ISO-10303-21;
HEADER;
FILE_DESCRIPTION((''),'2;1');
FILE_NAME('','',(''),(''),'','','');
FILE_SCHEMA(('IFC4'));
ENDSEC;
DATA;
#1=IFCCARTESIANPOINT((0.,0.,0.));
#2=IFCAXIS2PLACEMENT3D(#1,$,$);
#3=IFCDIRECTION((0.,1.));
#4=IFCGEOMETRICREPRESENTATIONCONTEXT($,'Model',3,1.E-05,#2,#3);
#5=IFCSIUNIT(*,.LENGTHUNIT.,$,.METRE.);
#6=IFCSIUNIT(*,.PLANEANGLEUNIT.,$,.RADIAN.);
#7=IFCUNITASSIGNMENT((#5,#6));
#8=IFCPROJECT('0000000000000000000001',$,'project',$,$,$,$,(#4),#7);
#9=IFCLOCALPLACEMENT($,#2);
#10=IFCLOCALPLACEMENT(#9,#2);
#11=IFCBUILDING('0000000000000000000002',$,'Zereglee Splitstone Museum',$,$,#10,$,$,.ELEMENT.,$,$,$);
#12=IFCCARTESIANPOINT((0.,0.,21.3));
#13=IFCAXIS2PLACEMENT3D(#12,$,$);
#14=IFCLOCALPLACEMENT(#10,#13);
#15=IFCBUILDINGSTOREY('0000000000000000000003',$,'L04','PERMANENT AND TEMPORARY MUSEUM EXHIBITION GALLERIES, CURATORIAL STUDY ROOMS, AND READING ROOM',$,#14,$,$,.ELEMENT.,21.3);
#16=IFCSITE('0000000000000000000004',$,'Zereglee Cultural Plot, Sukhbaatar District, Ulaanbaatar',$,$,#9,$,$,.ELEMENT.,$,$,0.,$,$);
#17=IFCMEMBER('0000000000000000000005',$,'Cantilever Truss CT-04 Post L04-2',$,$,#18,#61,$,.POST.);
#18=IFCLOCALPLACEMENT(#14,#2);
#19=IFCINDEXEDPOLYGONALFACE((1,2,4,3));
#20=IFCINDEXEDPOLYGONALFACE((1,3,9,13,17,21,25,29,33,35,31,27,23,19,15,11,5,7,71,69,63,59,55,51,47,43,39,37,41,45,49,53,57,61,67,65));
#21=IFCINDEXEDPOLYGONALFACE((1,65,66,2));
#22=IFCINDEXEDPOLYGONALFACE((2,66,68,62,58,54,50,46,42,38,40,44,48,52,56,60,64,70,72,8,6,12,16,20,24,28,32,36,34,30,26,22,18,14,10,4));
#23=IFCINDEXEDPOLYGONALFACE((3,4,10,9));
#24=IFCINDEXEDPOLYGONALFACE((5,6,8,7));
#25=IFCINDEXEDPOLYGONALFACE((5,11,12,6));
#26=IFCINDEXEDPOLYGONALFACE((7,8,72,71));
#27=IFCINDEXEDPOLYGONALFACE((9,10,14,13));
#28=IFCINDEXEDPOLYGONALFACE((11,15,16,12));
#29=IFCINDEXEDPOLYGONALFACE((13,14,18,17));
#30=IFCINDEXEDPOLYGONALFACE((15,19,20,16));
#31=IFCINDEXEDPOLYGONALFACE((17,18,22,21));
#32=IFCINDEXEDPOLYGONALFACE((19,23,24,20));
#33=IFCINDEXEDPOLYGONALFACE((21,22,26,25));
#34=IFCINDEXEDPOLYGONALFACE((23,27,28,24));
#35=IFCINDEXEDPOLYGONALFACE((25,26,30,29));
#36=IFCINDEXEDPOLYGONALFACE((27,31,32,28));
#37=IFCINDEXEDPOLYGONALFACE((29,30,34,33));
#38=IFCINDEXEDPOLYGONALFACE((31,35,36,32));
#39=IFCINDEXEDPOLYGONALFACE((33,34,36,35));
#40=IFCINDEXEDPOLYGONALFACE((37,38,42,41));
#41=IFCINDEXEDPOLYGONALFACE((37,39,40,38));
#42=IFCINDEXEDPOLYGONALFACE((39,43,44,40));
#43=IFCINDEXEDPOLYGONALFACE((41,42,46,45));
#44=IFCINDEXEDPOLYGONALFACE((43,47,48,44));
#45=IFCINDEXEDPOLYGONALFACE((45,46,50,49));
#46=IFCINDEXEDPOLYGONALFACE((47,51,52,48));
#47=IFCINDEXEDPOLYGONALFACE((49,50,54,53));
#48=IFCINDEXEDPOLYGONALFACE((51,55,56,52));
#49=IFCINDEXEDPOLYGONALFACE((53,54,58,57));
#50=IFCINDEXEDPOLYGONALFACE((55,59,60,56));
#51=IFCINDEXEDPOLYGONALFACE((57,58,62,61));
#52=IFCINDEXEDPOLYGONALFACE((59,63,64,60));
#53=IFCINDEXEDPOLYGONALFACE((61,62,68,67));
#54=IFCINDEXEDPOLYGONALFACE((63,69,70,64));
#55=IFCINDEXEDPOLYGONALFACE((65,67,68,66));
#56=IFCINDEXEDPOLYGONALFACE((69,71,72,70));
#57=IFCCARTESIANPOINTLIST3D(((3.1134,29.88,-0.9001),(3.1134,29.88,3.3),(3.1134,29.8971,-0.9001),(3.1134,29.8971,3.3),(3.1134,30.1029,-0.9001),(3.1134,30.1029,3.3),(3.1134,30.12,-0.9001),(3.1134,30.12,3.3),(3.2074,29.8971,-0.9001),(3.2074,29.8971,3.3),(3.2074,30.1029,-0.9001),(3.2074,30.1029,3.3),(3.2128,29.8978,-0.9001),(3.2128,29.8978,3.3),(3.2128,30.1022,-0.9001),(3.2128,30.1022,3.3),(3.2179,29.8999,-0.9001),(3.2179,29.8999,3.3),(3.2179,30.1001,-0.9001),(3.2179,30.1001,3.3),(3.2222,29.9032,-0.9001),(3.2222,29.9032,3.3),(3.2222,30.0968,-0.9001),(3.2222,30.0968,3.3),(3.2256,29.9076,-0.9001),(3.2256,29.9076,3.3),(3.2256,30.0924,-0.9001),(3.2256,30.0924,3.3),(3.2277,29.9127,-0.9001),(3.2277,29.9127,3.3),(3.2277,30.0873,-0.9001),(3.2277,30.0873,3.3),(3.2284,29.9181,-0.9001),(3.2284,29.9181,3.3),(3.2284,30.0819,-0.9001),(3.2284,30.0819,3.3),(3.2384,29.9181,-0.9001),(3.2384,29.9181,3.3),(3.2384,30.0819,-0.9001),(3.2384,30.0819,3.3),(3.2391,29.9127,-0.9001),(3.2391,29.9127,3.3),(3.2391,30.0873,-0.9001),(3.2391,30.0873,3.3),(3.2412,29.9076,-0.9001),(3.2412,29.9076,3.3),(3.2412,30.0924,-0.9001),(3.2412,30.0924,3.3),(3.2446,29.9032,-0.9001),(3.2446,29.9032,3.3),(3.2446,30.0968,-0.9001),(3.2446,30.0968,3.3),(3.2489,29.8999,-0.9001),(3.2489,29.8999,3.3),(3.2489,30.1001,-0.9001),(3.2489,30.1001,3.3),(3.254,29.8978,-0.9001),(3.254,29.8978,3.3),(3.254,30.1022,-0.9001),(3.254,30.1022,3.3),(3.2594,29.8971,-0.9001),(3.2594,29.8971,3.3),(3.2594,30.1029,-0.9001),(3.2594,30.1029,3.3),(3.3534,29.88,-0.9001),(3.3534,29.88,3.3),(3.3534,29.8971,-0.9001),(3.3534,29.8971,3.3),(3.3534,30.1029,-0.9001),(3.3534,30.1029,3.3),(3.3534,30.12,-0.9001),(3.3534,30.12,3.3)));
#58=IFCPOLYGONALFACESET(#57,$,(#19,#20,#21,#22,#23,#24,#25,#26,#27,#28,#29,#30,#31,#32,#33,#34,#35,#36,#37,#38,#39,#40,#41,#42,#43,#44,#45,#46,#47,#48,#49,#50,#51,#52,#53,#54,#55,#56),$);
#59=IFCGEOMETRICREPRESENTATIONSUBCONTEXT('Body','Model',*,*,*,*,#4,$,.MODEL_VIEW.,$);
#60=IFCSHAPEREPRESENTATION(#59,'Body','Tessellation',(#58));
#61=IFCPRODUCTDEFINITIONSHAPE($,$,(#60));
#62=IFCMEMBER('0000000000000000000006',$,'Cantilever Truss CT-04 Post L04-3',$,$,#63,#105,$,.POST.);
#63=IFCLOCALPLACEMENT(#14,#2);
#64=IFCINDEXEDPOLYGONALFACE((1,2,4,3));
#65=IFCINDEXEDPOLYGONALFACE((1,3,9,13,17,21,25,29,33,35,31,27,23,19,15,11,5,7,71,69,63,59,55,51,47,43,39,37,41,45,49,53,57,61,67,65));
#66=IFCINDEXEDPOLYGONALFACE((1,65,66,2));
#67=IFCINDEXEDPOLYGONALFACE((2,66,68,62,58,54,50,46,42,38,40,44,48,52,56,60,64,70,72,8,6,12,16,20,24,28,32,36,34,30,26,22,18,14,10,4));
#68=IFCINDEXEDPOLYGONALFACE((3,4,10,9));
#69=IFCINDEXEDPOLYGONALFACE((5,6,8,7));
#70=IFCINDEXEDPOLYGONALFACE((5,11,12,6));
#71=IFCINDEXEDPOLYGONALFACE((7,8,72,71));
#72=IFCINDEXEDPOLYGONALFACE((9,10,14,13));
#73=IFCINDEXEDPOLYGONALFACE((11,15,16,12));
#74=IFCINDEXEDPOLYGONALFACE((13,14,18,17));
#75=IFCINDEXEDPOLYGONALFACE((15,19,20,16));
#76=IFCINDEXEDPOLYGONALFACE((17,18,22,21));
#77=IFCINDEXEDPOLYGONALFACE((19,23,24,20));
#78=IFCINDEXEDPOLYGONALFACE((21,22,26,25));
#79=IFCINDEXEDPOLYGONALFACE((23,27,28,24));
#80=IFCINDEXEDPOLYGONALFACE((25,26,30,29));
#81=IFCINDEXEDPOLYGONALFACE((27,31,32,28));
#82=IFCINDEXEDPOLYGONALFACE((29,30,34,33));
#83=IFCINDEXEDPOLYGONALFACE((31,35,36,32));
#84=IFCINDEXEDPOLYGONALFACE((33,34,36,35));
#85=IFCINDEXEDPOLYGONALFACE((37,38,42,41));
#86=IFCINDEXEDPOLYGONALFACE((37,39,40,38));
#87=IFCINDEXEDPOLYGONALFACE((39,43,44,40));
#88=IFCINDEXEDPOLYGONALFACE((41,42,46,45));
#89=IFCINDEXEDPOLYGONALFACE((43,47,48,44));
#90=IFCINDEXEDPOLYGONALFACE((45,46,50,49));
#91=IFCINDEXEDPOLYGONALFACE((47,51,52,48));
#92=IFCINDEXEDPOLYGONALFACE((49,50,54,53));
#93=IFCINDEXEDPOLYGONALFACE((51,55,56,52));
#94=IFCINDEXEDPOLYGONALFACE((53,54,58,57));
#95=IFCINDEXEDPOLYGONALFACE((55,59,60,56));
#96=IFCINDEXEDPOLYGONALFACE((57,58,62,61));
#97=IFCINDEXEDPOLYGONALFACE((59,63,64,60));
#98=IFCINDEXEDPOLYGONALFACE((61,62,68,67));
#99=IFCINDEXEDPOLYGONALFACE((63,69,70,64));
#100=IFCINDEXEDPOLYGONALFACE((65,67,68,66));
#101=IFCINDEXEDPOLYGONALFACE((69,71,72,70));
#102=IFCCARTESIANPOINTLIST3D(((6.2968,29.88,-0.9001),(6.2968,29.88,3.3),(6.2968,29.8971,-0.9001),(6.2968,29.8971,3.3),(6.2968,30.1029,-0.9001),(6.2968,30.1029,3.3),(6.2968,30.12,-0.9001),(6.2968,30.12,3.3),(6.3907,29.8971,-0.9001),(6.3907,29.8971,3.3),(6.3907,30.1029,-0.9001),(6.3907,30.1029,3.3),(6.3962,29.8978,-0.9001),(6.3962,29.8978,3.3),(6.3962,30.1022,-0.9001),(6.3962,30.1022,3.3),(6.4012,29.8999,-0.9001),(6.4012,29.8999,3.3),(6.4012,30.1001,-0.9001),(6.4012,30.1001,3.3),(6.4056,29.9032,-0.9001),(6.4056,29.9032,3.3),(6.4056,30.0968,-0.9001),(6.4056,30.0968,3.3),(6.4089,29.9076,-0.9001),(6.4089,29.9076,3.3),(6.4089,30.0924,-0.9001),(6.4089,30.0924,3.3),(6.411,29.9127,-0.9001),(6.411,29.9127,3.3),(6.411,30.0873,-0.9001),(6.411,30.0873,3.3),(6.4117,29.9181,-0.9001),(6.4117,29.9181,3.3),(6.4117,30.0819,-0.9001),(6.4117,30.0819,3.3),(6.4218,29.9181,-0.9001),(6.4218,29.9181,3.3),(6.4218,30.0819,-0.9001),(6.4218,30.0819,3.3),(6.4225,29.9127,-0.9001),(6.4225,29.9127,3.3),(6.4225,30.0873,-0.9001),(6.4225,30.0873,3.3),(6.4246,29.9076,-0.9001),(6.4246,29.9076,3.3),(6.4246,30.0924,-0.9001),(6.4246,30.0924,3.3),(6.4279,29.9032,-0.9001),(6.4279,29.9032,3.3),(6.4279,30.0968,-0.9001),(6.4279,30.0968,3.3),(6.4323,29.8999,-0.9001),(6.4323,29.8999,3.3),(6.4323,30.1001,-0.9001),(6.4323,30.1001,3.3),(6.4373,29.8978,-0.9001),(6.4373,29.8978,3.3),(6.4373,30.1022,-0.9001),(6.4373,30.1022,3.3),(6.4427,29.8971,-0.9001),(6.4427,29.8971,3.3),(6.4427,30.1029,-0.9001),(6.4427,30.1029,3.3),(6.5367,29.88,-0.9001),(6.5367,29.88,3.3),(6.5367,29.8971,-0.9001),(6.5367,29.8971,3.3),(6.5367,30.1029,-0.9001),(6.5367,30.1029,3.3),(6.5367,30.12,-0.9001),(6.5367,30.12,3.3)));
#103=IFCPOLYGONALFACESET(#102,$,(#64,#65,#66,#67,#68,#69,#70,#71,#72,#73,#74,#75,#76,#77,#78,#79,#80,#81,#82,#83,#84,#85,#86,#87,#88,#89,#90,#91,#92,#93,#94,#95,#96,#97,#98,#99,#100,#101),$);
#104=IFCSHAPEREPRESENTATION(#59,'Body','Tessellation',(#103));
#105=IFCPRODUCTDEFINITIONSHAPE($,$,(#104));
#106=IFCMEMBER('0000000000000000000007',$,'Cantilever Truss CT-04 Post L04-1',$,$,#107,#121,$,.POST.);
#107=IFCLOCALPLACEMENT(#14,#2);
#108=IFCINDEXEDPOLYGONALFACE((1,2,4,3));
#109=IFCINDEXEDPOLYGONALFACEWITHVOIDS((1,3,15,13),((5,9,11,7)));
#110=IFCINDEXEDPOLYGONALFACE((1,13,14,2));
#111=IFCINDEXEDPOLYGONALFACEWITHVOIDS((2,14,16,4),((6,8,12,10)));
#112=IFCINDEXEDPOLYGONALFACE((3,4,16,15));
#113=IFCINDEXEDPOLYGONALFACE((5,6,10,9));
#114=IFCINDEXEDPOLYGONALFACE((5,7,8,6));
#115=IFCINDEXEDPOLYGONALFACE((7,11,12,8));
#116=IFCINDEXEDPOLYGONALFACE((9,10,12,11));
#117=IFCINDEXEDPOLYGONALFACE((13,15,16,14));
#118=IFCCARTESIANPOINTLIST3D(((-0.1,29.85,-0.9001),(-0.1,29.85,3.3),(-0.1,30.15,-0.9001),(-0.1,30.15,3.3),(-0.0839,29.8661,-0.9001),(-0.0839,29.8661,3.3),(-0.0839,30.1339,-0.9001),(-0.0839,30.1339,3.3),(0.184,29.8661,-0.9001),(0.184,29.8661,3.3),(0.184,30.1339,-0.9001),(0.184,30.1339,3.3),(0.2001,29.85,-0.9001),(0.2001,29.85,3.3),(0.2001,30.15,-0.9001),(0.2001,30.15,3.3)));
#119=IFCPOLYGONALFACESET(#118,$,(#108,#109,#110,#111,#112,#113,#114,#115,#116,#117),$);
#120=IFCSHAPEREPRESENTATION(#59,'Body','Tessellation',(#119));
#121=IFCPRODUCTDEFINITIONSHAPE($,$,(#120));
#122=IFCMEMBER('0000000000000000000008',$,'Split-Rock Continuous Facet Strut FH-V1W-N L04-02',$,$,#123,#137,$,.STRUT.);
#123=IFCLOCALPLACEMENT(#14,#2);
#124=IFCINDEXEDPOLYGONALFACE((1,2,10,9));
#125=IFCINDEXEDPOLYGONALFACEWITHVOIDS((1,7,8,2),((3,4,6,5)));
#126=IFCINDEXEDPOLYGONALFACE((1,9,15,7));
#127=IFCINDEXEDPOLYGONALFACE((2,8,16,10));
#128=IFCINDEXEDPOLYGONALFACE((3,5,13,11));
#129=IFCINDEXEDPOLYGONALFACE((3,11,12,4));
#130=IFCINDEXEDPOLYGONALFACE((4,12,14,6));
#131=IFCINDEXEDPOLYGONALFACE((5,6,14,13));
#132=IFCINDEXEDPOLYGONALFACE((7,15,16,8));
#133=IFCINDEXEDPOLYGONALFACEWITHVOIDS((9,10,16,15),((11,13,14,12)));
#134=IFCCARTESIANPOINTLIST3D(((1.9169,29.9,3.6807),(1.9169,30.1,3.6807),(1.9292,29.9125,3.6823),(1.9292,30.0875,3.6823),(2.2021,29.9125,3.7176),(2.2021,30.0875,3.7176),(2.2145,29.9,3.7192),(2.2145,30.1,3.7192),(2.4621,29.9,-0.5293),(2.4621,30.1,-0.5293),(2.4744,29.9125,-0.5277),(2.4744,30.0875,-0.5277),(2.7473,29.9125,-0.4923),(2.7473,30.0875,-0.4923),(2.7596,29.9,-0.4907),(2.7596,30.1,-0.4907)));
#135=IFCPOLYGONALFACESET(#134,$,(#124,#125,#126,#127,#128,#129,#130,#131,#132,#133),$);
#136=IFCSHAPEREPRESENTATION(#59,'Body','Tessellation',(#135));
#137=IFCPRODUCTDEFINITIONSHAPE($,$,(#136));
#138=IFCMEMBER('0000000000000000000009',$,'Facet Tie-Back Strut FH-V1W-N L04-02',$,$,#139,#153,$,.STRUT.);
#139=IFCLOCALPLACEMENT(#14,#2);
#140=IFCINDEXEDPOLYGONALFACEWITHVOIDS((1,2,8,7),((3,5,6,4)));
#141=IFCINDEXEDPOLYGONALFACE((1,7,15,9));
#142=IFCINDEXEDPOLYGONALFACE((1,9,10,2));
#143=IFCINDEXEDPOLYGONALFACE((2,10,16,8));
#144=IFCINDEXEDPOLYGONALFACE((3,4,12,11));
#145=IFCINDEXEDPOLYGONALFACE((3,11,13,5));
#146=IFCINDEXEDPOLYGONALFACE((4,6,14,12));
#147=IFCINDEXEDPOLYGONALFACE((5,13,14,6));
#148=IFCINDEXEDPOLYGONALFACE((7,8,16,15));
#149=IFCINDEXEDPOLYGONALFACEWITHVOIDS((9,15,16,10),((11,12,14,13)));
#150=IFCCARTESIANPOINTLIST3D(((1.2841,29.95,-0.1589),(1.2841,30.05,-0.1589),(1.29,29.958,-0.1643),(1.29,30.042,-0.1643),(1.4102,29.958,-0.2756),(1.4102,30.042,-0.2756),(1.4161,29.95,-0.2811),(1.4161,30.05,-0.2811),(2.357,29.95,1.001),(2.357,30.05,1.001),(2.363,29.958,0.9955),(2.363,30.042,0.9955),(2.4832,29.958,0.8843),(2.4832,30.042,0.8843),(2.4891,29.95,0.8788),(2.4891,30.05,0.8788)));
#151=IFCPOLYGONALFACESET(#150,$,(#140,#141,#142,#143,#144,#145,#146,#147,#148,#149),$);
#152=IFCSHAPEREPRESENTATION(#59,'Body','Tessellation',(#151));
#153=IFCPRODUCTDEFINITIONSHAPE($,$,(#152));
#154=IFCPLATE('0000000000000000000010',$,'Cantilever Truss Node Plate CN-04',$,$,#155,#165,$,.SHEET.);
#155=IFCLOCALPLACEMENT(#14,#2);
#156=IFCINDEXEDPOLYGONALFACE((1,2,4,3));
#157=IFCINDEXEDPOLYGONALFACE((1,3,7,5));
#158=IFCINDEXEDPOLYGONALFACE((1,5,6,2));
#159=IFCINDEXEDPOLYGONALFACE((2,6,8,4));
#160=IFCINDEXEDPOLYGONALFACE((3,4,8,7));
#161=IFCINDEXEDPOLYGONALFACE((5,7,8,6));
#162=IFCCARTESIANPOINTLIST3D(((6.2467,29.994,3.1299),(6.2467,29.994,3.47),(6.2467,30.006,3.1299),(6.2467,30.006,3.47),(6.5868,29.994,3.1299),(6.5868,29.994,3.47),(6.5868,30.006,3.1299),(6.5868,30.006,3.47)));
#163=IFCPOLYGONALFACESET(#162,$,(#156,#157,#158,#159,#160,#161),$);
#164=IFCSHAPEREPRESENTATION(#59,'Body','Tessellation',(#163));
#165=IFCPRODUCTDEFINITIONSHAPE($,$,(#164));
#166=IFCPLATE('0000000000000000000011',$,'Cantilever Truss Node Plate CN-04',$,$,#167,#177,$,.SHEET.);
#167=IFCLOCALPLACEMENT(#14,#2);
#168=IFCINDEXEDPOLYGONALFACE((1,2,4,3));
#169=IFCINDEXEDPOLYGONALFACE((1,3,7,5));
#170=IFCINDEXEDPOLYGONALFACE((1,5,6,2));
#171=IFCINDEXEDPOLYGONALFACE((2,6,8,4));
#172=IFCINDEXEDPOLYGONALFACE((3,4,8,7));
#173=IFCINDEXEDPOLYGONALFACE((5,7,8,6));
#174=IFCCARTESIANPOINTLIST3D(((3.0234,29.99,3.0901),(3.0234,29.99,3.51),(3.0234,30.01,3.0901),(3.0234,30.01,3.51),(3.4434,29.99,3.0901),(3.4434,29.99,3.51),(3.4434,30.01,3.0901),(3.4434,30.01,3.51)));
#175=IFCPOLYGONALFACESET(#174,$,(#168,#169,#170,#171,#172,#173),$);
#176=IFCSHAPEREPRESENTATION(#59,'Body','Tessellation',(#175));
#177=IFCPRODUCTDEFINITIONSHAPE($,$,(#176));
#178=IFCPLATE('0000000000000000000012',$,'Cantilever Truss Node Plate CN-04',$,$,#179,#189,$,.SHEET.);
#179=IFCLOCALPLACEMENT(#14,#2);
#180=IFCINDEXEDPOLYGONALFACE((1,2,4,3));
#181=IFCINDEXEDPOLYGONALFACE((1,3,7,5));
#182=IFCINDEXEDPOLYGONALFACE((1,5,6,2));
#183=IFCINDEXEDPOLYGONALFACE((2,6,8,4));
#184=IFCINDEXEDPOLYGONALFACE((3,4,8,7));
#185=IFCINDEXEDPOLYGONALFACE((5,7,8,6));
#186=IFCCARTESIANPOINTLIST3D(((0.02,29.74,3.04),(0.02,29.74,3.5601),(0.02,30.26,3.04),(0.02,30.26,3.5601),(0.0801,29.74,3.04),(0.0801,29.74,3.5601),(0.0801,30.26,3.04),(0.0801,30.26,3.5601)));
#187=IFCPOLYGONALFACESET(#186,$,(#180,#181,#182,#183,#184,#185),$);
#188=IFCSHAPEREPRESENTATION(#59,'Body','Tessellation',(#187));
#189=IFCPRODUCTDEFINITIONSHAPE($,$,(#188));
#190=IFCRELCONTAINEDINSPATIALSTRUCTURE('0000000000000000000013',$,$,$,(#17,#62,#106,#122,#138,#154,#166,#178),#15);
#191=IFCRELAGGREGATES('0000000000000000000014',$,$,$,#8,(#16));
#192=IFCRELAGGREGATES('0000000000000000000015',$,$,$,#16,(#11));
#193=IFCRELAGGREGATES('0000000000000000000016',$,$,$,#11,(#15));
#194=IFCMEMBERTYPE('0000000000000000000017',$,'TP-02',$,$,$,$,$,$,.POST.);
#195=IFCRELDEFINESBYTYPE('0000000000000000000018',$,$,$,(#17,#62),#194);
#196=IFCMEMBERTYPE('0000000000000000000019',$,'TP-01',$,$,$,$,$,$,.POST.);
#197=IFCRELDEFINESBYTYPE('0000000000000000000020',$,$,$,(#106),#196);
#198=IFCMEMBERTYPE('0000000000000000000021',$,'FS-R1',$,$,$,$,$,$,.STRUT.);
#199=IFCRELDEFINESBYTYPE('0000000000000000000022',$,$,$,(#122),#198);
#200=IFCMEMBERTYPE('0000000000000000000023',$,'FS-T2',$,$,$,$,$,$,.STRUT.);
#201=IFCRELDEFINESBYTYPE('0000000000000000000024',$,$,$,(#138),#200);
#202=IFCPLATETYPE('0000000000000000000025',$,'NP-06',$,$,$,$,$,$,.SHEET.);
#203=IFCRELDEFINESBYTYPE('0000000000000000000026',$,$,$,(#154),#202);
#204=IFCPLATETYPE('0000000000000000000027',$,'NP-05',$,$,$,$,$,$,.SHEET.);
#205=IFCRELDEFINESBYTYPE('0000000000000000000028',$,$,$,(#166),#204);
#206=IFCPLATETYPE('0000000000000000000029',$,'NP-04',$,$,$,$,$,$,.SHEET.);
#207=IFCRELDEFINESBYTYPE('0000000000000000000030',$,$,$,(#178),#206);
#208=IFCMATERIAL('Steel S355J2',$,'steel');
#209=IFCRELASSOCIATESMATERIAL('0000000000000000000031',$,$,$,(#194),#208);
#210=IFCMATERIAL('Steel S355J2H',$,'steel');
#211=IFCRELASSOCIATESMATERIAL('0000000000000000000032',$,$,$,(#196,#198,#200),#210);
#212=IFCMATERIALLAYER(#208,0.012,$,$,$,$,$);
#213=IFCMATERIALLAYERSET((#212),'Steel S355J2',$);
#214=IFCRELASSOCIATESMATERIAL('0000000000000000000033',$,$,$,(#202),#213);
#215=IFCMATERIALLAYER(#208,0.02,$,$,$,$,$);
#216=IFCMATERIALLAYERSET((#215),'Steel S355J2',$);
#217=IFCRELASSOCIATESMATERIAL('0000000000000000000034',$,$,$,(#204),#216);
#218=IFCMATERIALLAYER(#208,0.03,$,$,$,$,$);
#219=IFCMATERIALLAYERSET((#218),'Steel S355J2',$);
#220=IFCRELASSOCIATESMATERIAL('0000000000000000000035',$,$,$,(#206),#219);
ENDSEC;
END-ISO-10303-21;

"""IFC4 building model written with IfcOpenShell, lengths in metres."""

from ifc_helpers import new_model, si_unit, direction, frame, origin, origin_2d, place, context, subcontext, project, spatial, rectangle, hollow_rectangle, i_section, extrude, material, layer, layer_set, material_profile, profile_set, type_object, element, save


model = new_model("IFC4")

# Units and contexts
model_context = context("Model", 3, precision=1e-05, world=origin(), true_north=direction((0.0, 1.0)))
body_context = subcontext(model_context, "Body", "Model", "MODEL_VIEW")
ifc_project = project(units=[si_unit("LENGTHUNIT", "METRE"), si_unit("PLANEANGLEUNIT", "RADIAN")], contexts=[model_context])

# Site, building, storey
site_placement = place(None, origin())
site = spatial("IfcSite", under=ifc_project, at=site_placement, Name="Zereglee Cultural Plot, Sukhbaatar District, Ulaanbaatar", CompositionType="ELEMENT", RefElevation=0.0)
building_placement = place(site_placement, origin())
building = spatial("IfcBuilding", under=site, at=building_placement, Name="Zereglee Splitstone Museum", CompositionType="ELEMENT")
storey_placement = place(building_placement, frame((0.0, 0.0, 21.3)))
storey = spatial("IfcBuildingStorey", under=building, at=storey_placement, Name="L04", Description="PERMANENT AND TEMPORARY MUSEUM EXHIBITION GALLERIES, CURATORIAL STUDY ROOMS, AND READING ROOM", CompositionType="ELEMENT", Elevation=21.3)

# Shared definitions
ifc_material_1 = material(Name="Steel S355J2H", Category="steel")

# Shared definitions
ifc_material_2 = material(Name="Steel S355J2", Category="steel")

# Members
ifc_material_profile_1 = material_profile(ifc_material_2, i_section(OverallWidth=0.24, OverallDepth=0.24, WebThickness=0.01, FlangeThickness=0.0171, FilletRadius=0.021, at=origin_2d()), Name="HE 240 B")
ifc_profile_set_1 = profile_set([ifc_material_profile_1], Name="Steel S355J2")
member_type_1 = type_object("IfcMemberType", Name="TP-02", PredefinedType="POST", material=ifc_profile_set_1)
for number, where, z_axis, x_axis, name in (
    (1, (3.2334, 30.0, -0.9001), (0.0, 0.0, 1.0), (1.0, 0.0, 0.0), "Cantilever Truss CT-04 Post L04-2"),
    (2, (6.4167, 30.0, -0.9001), (0.0, 0.0, 1.0), (1.0, 0.0, 0.0), "Cantilever Truss CT-04 Post L04-3"),
):
    element("IfcMember", number, at=place(storey_placement, frame(where, z_axis=z_axis, x_axis=x_axis)), inside=storey, type_object=member_type_1, Name=name, PredefinedType="POST", context=body_context, shape_type="SweptSolid", body=[
        extrude(i_section(OverallWidth=0.24, OverallDepth=0.24, WebThickness=0.01, FlangeThickness=0.0171, FilletRadius=0.021, at=origin_2d()), origin(), (0.0, 0.0, 1.0), 4.2002),
    ])
ifc_material_profile_2 = material_profile(ifc_material_1, hollow_rectangle(XDim=0.3, YDim=0.3, WallThickness=0.0161, at=origin_2d()), Name="SHS 300x300x16")
ifc_profile_set_2 = profile_set([ifc_material_profile_2], Name="Steel S355J2H")
member_type_2 = type_object("IfcMemberType", Name="TP-01", PredefinedType="POST", material=ifc_profile_set_2)
member_1_placement = place(storey_placement, frame((0.05, 30.0, -0.9001), z_axis=(0.0, 0.0, 1.0), x_axis=(1.0, 0.0, 0.0)))
element("IfcMember", 3, at=member_1_placement, inside=storey, type_object=member_type_2, Name="Cantilever Truss CT-04 Post L04-1", PredefinedType="POST", context=body_context, shape_type="SweptSolid", body=[
    extrude(hollow_rectangle(XDim=0.3, YDim=0.3, WallThickness=0.0161, at=origin_2d()), origin(), (0.0, 0.0, 1.0), 4.2002),
])
ifc_material_profile_3 = material_profile(ifc_material_1, hollow_rectangle(XDim=0.2, YDim=0.3, WallThickness=0.0125, at=origin_2d()), Name="RHS 300x200x12.5")
ifc_profile_set_3 = profile_set([ifc_material_profile_3], Name="Steel S355J2H")
member_type_3 = type_object("IfcMemberType", Name="FS-R1", PredefinedType="STRUT", material=ifc_profile_set_3)
member_2_placement = place(storey_placement, frame((2.6108, 30.0, -0.51), z_axis=(-0.128422, 0.0, 0.99172), x_axis=(0.0, -1.0, 0.0)))
element("IfcMember", 4, at=member_2_placement, inside=storey, type_object=member_type_3, Name="Split-Rock Continuous Facet Strut FH-V1W-N L04-02", PredefinedType="STRUT", context=body_context, shape_type="SweptSolid", body=[
    extrude(hollow_rectangle(XDim=0.2, YDim=0.3, WallThickness=0.0125, at=origin_2d()), origin(), (0.0, 0.0, 1.0), 4.2451),
])
ifc_material_profile_4 = material_profile(ifc_material_1, hollow_rectangle(XDim=0.1001, YDim=0.1799, WallThickness=0.0081, at=origin_2d()), Name="RHS 180x100x8")
ifc_profile_set_4 = profile_set([ifc_material_profile_4], Name="Steel S355J2H")
member_type_4 = type_object("IfcMemberType", Name="FS-T2", PredefinedType="STRUT", material=ifc_profile_set_4)
member_3_placement = place(storey_placement, frame((1.3501, 30.0, -0.22), z_axis=(0.679069, 0.0, 0.734074), x_axis=(0.0, 1.0, 0.0)))
element("IfcMember", 5, at=member_3_placement, inside=storey, type_object=member_type_4, Name="Facet Tie-Back Strut FH-V1W-N L04-02", PredefinedType="STRUT", context=body_context, shape_type="SweptSolid", body=[
    extrude(hollow_rectangle(XDim=0.1001, YDim=0.1799, WallThickness=0.0081, at=origin_2d()), origin(), (0.0, 0.0, 1.0), 1.5801),
])

# Plates
ifc_layer_1 = layer(ifc_material_2, 0.012)
ifc_layer_set_1 = layer_set([ifc_layer_1], Name="Steel S355J2")
plate_type_1 = type_object("IfcPlateType", Name="NP-06", PredefinedType="SHEET", material=ifc_layer_set_1)
plate_1_placement = place(storey_placement, frame((6.4167, 30.0, 3.1299), z_axis=(0.0, 0.0, 1.0), x_axis=(1.0, 0.0, 0.0)))
element("IfcPlate", 6, at=plate_1_placement, inside=storey, type_object=plate_type_1, Name="Cantilever Truss Node Plate CN-04", PredefinedType="SHEET", context=body_context, shape_type="SweptSolid", body=[
    extrude(rectangle(XDim=0.3401, YDim=0.012, at=origin_2d()), origin(), (0.0, 0.0, 1.0), 0.3401),
])
ifc_layer_2 = layer(ifc_material_2, 0.02)
ifc_layer_set_2 = layer_set([ifc_layer_2], Name="Steel S355J2")
plate_type_2 = type_object("IfcPlateType", Name="NP-05", PredefinedType="SHEET", material=ifc_layer_set_2)
plate_2_placement = place(storey_placement, frame((3.2334, 30.0, 3.0901), z_axis=(0.0, 0.0, 1.0), x_axis=(1.0, 0.0, 0.0)))
element("IfcPlate", 7, at=plate_2_placement, inside=storey, type_object=plate_type_2, Name="Cantilever Truss Node Plate CN-04", PredefinedType="SHEET", context=body_context, shape_type="SweptSolid", body=[
    extrude(rectangle(XDim=0.4199, YDim=0.02, at=origin_2d()), origin(), (0.0, 0.0, 1.0), 0.4199),
])
ifc_layer_3 = layer(ifc_material_2, 0.03)
ifc_layer_set_3 = layer_set([ifc_layer_3], Name="Steel S355J2")
plate_type_3 = type_object("IfcPlateType", Name="NP-04", PredefinedType="SHEET", material=ifc_layer_set_3)
plate_3_placement = place(storey_placement, frame((0.05, 30.0, 3.04), z_axis=(0.0, 0.0, 1.0), x_axis=(1.0, 0.0, 0.0)))
element("IfcPlate", 8, at=plate_3_placement, inside=storey, type_object=plate_type_3, Name="Cantilever Truss Node Plate CN-04", PredefinedType="SHEET", context=body_context, shape_type="SweptSolid", body=[
    extrude(rectangle(XDim=0.0601, YDim=0.52, at=origin_2d()), origin(), (0.0, 0.0, 1.0), 0.52),
])

save(model, "model.ifc")
